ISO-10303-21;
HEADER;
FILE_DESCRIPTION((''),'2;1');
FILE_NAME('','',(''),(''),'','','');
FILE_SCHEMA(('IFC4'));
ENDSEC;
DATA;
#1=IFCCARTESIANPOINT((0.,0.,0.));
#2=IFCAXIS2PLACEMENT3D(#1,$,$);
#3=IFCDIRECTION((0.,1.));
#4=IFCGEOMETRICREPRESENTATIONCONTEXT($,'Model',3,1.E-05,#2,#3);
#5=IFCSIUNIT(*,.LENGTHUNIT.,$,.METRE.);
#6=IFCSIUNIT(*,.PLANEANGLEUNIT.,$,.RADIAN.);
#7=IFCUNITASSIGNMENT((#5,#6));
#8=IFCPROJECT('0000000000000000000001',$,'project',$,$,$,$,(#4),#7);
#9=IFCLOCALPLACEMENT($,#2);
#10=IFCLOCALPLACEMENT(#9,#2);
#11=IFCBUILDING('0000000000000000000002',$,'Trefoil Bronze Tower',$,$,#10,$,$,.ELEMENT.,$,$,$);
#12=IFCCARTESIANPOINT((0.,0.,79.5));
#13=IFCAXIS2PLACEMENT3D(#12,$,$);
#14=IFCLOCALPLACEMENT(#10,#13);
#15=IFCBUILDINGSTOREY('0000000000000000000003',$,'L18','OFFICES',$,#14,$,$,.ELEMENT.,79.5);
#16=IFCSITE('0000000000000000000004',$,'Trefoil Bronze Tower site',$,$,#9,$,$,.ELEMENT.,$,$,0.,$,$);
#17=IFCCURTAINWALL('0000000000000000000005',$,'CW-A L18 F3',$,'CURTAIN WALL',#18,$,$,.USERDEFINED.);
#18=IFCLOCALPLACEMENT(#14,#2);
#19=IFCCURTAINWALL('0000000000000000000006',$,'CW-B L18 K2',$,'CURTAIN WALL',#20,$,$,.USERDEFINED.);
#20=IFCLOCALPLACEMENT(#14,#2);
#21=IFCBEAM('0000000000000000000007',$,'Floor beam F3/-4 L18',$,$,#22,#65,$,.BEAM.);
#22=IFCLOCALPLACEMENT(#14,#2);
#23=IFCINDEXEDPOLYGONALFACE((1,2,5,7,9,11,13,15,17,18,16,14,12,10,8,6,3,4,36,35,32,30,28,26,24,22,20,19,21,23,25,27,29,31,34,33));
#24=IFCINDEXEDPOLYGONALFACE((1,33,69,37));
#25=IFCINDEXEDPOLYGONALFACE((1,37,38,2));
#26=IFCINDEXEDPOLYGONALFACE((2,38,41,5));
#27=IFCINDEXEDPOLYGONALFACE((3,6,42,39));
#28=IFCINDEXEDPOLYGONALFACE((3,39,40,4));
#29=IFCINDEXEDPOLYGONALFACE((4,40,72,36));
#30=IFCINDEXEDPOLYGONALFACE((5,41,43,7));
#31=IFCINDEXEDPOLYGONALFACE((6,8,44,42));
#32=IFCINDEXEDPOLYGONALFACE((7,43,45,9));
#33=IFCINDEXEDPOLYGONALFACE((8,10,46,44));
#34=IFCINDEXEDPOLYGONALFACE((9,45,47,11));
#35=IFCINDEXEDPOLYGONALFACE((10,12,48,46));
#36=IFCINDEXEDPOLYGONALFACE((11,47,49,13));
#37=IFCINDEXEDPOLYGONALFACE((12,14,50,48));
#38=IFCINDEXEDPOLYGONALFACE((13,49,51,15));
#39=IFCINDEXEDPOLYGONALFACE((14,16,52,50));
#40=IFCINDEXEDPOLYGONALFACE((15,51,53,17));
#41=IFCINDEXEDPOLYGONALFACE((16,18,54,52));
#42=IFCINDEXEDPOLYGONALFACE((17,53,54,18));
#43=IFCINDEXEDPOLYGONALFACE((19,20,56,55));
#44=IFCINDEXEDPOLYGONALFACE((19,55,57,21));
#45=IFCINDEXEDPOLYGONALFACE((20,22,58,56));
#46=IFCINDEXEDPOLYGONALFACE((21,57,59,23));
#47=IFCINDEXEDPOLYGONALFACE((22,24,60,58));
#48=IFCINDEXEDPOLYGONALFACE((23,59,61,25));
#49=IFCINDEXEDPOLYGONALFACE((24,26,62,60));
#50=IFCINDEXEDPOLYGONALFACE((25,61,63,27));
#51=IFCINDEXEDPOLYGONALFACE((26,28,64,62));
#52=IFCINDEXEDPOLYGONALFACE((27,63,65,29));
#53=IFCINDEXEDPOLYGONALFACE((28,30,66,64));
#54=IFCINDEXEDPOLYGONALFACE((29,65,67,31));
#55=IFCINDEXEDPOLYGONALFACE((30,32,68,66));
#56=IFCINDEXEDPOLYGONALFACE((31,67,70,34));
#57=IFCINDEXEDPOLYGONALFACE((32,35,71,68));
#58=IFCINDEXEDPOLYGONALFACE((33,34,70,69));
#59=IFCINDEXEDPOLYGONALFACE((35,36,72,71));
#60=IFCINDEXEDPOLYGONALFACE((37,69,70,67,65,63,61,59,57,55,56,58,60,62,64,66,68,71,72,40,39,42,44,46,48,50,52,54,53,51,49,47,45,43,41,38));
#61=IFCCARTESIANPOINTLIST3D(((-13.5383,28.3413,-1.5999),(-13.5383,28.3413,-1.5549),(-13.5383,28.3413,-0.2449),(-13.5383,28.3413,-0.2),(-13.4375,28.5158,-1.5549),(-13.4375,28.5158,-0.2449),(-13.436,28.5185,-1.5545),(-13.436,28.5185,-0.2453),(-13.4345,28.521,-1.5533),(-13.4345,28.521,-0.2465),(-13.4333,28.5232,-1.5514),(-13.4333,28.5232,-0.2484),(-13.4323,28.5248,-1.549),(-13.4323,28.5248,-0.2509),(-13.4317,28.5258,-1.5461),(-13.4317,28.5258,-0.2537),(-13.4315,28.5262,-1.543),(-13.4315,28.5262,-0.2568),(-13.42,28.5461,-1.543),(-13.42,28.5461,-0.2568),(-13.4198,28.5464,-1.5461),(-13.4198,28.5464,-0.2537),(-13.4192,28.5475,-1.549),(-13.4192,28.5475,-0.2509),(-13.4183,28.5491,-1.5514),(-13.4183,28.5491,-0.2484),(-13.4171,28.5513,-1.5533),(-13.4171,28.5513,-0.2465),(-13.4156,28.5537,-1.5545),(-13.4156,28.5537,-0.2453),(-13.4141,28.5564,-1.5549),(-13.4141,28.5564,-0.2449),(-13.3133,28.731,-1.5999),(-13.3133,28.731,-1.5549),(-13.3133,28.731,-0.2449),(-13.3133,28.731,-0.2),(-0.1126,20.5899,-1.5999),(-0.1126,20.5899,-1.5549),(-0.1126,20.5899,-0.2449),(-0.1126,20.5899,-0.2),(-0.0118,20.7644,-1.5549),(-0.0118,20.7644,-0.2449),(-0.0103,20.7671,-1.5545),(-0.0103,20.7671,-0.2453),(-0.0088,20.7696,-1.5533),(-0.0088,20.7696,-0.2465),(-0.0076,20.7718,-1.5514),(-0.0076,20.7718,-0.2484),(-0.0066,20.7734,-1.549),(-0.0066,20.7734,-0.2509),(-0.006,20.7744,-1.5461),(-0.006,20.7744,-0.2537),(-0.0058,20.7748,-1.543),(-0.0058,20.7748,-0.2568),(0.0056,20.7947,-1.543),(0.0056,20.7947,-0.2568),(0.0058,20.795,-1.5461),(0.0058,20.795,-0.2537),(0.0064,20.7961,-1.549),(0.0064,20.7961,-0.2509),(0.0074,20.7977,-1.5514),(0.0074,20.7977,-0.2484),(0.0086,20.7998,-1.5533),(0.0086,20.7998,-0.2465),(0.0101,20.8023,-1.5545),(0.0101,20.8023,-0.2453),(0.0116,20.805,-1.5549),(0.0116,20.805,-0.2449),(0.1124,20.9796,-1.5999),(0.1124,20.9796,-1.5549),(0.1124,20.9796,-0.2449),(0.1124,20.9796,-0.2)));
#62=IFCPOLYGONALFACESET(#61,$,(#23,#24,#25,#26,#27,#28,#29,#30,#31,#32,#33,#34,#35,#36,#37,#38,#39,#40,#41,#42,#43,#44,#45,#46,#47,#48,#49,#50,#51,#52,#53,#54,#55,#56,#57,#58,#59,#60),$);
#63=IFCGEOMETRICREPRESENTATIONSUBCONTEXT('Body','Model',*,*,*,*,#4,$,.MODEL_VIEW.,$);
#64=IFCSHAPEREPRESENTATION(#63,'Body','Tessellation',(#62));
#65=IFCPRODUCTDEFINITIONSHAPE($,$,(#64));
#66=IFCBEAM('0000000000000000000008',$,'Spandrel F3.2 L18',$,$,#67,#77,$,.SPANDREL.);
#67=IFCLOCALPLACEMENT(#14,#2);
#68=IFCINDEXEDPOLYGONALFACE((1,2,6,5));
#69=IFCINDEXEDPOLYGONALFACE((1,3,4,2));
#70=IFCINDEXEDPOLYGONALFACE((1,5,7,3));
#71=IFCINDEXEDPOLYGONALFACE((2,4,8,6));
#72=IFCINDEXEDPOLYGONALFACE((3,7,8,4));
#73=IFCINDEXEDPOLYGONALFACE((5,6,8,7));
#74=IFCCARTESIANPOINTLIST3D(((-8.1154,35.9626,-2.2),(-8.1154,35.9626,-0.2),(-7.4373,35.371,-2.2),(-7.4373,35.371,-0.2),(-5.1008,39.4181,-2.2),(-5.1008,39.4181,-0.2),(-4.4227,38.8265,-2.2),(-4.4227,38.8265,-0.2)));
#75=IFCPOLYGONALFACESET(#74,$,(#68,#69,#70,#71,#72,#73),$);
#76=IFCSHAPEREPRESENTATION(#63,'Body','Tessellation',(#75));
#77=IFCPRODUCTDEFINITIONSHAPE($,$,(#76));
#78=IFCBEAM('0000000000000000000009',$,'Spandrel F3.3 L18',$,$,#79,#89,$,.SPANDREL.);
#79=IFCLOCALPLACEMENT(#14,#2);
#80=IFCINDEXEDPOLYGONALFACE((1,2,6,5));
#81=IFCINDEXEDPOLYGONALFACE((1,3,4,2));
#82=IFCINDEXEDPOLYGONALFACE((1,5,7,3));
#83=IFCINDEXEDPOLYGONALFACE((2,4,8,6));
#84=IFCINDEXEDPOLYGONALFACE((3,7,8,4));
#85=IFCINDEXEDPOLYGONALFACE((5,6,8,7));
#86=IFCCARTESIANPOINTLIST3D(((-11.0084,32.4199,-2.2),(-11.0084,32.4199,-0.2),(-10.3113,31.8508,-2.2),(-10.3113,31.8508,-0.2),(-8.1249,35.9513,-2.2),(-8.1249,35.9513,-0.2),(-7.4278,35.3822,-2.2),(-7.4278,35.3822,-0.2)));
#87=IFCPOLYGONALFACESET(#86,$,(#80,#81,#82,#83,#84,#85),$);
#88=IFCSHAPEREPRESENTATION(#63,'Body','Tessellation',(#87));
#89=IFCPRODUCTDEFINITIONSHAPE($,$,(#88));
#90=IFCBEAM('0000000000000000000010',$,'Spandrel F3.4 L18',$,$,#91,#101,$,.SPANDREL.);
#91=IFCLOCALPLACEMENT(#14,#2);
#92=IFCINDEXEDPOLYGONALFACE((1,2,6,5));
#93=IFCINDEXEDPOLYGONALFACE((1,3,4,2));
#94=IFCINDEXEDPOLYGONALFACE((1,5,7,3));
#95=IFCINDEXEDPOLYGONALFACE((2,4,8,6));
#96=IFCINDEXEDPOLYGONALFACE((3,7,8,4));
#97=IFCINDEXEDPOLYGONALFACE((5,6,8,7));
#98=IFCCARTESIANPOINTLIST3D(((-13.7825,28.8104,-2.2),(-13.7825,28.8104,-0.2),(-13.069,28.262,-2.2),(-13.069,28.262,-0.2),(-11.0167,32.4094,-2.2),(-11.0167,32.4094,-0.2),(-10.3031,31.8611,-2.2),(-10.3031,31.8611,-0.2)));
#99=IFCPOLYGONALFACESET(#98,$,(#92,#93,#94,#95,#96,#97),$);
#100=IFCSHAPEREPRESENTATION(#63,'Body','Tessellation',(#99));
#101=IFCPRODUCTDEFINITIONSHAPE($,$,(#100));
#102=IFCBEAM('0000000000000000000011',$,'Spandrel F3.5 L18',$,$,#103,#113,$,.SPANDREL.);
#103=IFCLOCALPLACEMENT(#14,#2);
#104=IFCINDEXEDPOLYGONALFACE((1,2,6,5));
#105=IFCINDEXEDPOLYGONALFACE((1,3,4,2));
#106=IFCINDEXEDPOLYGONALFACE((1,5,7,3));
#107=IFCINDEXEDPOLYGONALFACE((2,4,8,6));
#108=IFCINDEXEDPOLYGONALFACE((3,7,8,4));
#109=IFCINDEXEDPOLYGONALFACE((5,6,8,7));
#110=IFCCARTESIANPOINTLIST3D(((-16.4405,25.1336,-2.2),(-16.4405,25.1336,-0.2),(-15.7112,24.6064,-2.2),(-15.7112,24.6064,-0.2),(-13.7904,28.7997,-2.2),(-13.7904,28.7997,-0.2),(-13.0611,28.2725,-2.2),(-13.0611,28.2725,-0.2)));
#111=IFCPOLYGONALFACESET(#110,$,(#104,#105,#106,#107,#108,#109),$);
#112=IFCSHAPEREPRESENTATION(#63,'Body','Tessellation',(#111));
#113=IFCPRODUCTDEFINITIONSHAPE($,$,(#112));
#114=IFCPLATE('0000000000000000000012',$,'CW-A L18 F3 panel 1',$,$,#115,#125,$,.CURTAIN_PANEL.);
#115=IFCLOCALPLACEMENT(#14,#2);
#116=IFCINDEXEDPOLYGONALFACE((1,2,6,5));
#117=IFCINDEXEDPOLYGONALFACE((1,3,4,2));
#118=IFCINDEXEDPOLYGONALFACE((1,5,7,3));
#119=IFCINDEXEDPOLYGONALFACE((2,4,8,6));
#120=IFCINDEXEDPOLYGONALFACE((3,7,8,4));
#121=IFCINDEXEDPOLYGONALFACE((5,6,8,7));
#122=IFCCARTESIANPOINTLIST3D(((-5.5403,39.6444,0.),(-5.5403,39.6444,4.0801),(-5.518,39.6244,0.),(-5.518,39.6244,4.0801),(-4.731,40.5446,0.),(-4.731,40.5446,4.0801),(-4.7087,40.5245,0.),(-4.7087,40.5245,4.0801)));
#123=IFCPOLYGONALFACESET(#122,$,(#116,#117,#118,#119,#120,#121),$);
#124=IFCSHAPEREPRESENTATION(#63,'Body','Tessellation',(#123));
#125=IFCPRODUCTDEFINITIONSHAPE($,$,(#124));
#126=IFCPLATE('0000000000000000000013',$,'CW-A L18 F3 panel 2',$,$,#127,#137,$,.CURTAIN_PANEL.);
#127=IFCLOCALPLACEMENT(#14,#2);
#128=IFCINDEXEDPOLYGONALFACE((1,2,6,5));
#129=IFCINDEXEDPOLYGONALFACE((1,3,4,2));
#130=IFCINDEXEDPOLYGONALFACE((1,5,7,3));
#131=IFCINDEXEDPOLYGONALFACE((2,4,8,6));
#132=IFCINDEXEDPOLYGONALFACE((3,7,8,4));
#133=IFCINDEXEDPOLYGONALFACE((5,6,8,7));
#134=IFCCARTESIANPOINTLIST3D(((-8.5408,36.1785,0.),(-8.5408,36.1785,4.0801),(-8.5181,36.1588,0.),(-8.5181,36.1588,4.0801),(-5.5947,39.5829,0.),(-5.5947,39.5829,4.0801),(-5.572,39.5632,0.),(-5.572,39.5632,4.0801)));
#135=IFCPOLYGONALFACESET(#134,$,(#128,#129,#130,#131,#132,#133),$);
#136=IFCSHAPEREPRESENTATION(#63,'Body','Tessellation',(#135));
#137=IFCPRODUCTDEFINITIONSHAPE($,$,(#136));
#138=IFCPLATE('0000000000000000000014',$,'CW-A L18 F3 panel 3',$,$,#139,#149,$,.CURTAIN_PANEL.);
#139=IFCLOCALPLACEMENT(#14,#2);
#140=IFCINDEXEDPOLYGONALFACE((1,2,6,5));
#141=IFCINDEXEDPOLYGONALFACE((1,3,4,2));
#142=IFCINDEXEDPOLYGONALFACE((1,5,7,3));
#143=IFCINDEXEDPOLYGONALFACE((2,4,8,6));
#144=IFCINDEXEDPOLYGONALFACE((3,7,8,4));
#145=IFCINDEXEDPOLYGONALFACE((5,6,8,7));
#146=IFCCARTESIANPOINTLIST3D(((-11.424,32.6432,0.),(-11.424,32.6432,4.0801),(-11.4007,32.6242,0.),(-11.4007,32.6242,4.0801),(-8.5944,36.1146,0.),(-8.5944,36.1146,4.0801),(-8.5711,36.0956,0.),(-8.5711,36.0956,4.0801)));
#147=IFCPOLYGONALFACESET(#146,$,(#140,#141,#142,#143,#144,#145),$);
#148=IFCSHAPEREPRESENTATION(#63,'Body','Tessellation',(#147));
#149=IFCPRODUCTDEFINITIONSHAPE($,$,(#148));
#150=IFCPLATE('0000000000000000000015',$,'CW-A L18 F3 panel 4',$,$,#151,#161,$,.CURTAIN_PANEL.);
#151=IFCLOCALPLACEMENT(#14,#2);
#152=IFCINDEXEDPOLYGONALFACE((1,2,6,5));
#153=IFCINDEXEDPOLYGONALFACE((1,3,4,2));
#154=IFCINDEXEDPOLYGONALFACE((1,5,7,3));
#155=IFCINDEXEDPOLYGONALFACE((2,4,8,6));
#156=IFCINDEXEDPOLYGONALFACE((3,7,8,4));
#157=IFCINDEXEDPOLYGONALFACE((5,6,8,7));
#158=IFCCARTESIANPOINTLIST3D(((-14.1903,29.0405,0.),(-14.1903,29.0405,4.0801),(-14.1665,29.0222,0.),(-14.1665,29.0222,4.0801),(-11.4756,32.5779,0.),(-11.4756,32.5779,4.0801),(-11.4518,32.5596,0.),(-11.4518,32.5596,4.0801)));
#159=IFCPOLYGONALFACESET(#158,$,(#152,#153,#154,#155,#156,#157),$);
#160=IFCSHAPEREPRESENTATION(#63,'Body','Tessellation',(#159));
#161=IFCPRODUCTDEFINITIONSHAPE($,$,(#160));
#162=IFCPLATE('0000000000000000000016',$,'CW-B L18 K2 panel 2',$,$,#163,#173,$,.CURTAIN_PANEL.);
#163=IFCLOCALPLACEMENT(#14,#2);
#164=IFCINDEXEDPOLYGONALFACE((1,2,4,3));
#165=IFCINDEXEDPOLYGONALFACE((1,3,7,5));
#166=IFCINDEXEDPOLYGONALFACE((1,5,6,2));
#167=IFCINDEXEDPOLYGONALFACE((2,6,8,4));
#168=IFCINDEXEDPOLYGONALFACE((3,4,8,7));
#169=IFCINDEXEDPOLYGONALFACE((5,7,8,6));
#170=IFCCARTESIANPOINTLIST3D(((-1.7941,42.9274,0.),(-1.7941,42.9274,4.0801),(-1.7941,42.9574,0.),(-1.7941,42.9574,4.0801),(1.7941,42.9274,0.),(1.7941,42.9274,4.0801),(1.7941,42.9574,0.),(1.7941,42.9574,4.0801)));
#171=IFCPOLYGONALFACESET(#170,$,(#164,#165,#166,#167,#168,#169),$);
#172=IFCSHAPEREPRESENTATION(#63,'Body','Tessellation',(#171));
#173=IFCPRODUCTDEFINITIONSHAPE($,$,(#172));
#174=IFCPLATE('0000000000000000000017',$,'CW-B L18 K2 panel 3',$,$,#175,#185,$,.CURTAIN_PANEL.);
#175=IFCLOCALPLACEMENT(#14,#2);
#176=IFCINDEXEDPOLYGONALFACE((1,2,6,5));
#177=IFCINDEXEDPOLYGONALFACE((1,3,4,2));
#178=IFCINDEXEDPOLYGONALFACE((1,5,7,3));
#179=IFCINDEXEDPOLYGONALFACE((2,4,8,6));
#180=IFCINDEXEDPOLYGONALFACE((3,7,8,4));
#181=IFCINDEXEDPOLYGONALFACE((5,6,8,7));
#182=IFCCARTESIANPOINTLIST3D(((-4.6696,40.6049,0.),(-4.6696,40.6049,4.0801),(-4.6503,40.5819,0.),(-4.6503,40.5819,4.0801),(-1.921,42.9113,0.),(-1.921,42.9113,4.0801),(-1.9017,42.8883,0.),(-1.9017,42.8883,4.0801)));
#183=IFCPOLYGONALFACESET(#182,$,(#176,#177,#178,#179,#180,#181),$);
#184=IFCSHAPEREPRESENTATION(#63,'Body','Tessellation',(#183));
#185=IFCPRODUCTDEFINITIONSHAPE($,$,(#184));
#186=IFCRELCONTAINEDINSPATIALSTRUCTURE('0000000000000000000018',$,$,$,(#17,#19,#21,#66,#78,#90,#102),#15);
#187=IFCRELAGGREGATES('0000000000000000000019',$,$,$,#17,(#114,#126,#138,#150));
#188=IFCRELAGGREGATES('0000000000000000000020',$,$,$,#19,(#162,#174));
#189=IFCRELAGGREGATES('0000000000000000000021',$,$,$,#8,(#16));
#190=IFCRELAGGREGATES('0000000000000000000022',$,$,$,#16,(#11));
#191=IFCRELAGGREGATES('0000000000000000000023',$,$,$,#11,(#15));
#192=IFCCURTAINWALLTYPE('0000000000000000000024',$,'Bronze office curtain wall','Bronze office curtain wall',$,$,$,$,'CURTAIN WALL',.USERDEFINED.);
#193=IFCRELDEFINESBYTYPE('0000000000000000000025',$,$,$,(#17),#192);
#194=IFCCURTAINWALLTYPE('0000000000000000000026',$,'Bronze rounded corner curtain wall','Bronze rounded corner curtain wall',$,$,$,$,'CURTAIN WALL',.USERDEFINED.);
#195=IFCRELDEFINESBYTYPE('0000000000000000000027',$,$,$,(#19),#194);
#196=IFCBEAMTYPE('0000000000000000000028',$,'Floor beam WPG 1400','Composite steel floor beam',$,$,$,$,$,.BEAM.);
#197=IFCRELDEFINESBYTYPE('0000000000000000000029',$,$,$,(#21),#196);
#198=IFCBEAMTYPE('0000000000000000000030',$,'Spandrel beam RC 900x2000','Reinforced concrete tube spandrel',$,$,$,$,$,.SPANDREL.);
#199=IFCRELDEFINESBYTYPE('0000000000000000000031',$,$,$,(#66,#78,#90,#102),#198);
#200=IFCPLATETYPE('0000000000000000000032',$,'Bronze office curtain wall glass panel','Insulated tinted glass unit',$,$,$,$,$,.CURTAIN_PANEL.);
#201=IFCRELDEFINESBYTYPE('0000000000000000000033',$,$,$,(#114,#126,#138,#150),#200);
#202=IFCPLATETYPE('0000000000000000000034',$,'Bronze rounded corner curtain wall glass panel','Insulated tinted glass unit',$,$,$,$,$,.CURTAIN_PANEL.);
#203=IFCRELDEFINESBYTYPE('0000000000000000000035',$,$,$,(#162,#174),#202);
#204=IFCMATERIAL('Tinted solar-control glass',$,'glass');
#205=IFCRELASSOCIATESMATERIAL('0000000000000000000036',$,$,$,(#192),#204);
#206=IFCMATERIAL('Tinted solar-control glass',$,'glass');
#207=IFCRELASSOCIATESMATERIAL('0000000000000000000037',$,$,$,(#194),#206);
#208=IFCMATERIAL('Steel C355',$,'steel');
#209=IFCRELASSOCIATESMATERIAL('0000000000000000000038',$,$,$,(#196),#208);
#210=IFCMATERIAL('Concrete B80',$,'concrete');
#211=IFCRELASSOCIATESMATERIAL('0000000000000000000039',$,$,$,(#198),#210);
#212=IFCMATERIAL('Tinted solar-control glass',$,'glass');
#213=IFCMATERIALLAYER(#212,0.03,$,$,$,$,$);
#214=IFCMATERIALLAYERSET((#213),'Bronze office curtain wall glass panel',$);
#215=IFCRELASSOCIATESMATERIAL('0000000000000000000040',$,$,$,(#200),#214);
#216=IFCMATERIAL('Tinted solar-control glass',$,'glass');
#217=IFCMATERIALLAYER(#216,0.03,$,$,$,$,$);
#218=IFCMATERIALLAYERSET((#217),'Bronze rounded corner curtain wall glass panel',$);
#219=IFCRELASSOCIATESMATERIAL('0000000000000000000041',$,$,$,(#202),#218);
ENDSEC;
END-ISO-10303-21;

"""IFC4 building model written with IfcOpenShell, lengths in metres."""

from ifc_helpers import new_model, si_unit, direction, frame, origin, origin_2d, place, context, subcontext, project, spatial, rectangle, i_section, extrude, material, layer, layer_set, material_profile, profile_set, type_object, element, aggregate, save


model = new_model("IFC4")

# Units and contexts
model_context = context("Model", 3, precision=1e-05, world=origin(), true_north=direction((0.0, 1.0)))
body_context = subcontext(model_context, "Body", "Model", "MODEL_VIEW")
ifc_project = project(units=[si_unit("LENGTHUNIT", "METRE"), si_unit("PLANEANGLEUNIT", "RADIAN")], contexts=[model_context])

# Site, building, storey
site_placement = place(None, origin())
site = spatial("IfcSite", under=ifc_project, at=site_placement, Name="Trefoil Bronze Tower site", CompositionType="ELEMENT", RefElevation=0.0)
building_placement = place(site_placement, origin())
building = spatial("IfcBuilding", under=site, at=building_placement, Name="Trefoil Bronze Tower", CompositionType="ELEMENT")
storey_placement = place(building_placement, frame((0.0, 0.0, 79.5)))
storey = spatial("IfcBuildingStorey", under=building, at=storey_placement, Name="L18", Description="OFFICES", CompositionType="ELEMENT", Elevation=79.5)

# Curtain walls
ifc_material_1 = material(Name="Tinted solar-control glass", Category="glass")
curtain_wall_type_1 = type_object("IfcCurtainWallType", Name="Bronze office curtain wall", Description="Bronze office curtain wall", ElementType="CURTAIN WALL", PredefinedType="USERDEFINED", material=ifc_material_1)
curtain_wall_1_placement = place(storey_placement, origin())
curtain_wall_1 = element("IfcCurtainWall", 1, at=curtain_wall_1_placement, inside=storey, type_object=curtain_wall_type_1, Name="CW-A L18 F3", ObjectType="CURTAIN WALL", PredefinedType="USERDEFINED")
ifc_material_2 = material(Name="Tinted solar-control glass", Category="glass")
curtain_wall_type_2 = type_object("IfcCurtainWallType", Name="Bronze rounded corner curtain wall", Description="Bronze rounded corner curtain wall", ElementType="CURTAIN WALL", PredefinedType="USERDEFINED", material=ifc_material_2)
curtain_wall_2_placement = place(storey_placement, origin())
curtain_wall_2 = element("IfcCurtainWall", 2, at=curtain_wall_2_placement, inside=storey, type_object=curtain_wall_type_2, Name="CW-B L18 K2", ObjectType="CURTAIN WALL", PredefinedType="USERDEFINED")

# Beams
ifc_material_3 = material(Name="Steel C355", Category="steel")
ifc_material_profile_1 = material_profile(ifc_material_3, i_section(OverallWidth=0.45, OverallDepth=1.3999, WebThickness=0.0229, FlangeThickness=0.0449, FilletRadius=0.012, at=origin_2d()), Name="WPG 1400")
ifc_profile_set_1 = profile_set([ifc_material_profile_1], Name="Steel C355")
beam_type_1 = type_object("IfcBeamType", Name="Floor beam WPG 1400", Description="Composite steel floor beam", PredefinedType="BEAM", material=ifc_profile_set_1)
beam_1_placement = place(storey_placement, frame((-13.4258, 28.5361, -0.8999), z_axis=(0.866023, -0.500004, 0.0), x_axis=(0.500004, 0.866023, 0.0)))
element("IfcBeam", 3, at=beam_1_placement, inside=storey, type_object=beam_type_1, Name="Floor beam F3/-4 L18", PredefinedType="BEAM", context=body_context, shape_type="SweptSolid", body=[
    extrude(i_section(OverallWidth=0.45, OverallDepth=1.3999, WebThickness=0.0229, FlangeThickness=0.0449, FilletRadius=0.012, at=origin_2d()), origin(), (0.0, 0.0, 1.0), 15.5027),
])
ifc_material_4 = material(Name="Concrete B80", Category="concrete")
ifc_material_profile_2 = material_profile(ifc_material_4, rectangle(XDim=0.8999, YDim=2.0, at=origin_2d()), Name="RC 900x2000")
ifc_profile_set_2 = profile_set([ifc_material_profile_2], Name="Concrete B80")
beam_type_2 = type_object("IfcBeamType", Name="Spandrel beam RC 900x2000", Description="Reinforced concrete tube spandrel", PredefinedType="SPANDREL", material=ifc_profile_set_2)
beam_2_placement = place(storey_placement, frame((-4.7617, 39.1223, -1.2), z_axis=(-0.657396, -0.753545, 0.0), x_axis=(0.753545, -0.657396, 0.0)))
element("IfcBeam", 4, at=beam_2_placement, inside=storey, type_object=beam_type_2, Name="Spandrel F3.2 L18", PredefinedType="SPANDREL", context=body_context, shape_type="SweptSolid", body=[
    extrude(rectangle(XDim=0.8999, YDim=2.0, at=origin_2d()), origin(), (0.0, 0.0, 1.0), 4.5857),
])
beam_3_placement = place(storey_placement, frame((-7.7764, 35.6667, -1.2), z_axis=(-0.632468, -0.774587, 0.0), x_axis=(0.774587, -0.632468, 0.0)))
element("IfcBeam", 5, at=beam_3_placement, inside=storey, type_object=beam_type_2, Name="Spandrel F3.3 L18", PredefinedType="SPANDREL", context=body_context, shape_type="SweptSolid", body=[
    extrude(rectangle(XDim=0.8999, YDim=2.0, at=origin_2d()), origin(), (0.0, 0.0, 1.0), 4.5591),
])
beam_4_placement = place(storey_placement, frame((-10.6599, 32.1353, -1.2), z_axis=(-0.609339, -0.79291, 0.0), x_axis=(0.79291, -0.609339, 0.0)))
element("IfcBeam", 6, at=beam_4_placement, inside=storey, type_object=beam_type_2, Name="Spandrel F3.4 L18", PredefinedType="SPANDREL", context=body_context, shape_type="SweptSolid", body=[
    extrude(rectangle(XDim=0.8999, YDim=2.0, at=origin_2d()), origin(), (0.0, 0.0, 1.0), 4.5391),
])
beam_5_placement = place(storey_placement, frame((-13.4258, 28.5361, -1.2), z_axis=(-0.585824, -0.810439, 0.0), x_axis=(0.810439, -0.585824, 0.0)))
element("IfcBeam", 7, at=beam_5_placement, inside=storey, type_object=beam_type_2, Name="Spandrel F3.5 L18", PredefinedType="SPANDREL", context=body_context, shape_type="SweptSolid", body=[
    extrude(rectangle(XDim=0.8999, YDim=2.0, at=origin_2d()), origin(), (0.0, 0.0, 1.0), 4.5237),
])

# Plates
ifc_material_5 = material(Name="Tinted solar-control glass", Category="glass")
ifc_layer_1 = layer(ifc_material_5, 0.03)
ifc_layer_set_1 = layer_set([ifc_layer_1], Name="Bronze office curtain wall glass panel")
plate_type_1 = type_object("IfcPlateType", Name="Bronze office curtain wall glass panel", Description="Insulated tinted glass unit", PredefinedType="CURTAIN_PANEL", material=ifc_layer_set_1)
plate_1_placement = place(storey_placement, frame((-5.1245, 40.0845, 0.0), z_axis=(0.0, 0.0, 1.0), x_axis=(-0.668575, -0.743645, 0.0)))
plate_1 = element("IfcPlate", 8, at=plate_1_placement, type_object=plate_type_1, Name="CW-A L18 F3 panel 1", PredefinedType="CURTAIN_PANEL", context=body_context, shape_type="SweptSolid", body=[
    extrude(rectangle(XDim=1.2104, YDim=0.03, at=origin_2d()), origin(), (0.0, 0.0, 1.0), 4.0801),
])
plate_2_placement = place(storey_placement, frame((-7.0564, 37.8708, 0.0), z_axis=(0.0, 0.0, 1.0), x_axis=(-0.654376, -0.756169, 0.0)))
plate_2 = element("IfcPlate", 9, at=plate_2_placement, type_object=plate_type_1, Name="CW-A L18 F3 panel 2", PredefinedType="CURTAIN_PANEL", context=body_context, shape_type="SweptSolid", body=[
    extrude(rectangle(XDim=4.5022, YDim=0.03, at=origin_2d()), origin(), (0.0, 0.0, 1.0), 4.0801),
])
plate_3_placement = place(storey_placement, frame((-9.9976, 34.3694, 0.0), z_axis=(0.0, 0.0, 1.0), x_axis=(-0.631811, -0.775123, 0.0)))
plate_3 = element("IfcPlate", 10, at=plate_3_placement, type_object=plate_type_1, Name="CW-A L18 F3 panel 3", PredefinedType="CURTAIN_PANEL", context=body_context, shape_type="SweptSolid", body=[
    extrude(rectangle(XDim=4.4785, YDim=0.03, at=origin_2d()), origin(), (0.0, 0.0, 1.0), 4.0801),
])
plate_4_placement = place(storey_placement, frame((-12.821, 30.8, 0.0), z_axis=(0.0, 0.0, 1.0), x_axis=(-0.608808, -0.793318, 0.0)))
plate_4 = element("IfcPlate", 11, at=plate_4_placement, type_object=plate_type_1, Name="CW-A L18 F3 panel 4", PredefinedType="CURTAIN_PANEL", context=body_context, shape_type="SweptSolid", body=[
    extrude(rectangle(XDim=4.459, YDim=0.03, at=origin_2d()), origin(), (0.0, 0.0, 1.0), 4.0801),
])
aggregate(curtain_wall_1, [plate_1, plate_2, plate_3, plate_4])
ifc_material_6 = material(Name="Tinted solar-control glass", Category="glass")
ifc_layer_2 = layer(ifc_material_6, 0.03)
ifc_layer_set_2 = layer_set([ifc_layer_2], Name="Bronze rounded corner curtain wall glass panel")
plate_type_2 = type_object("IfcPlateType", Name="Bronze rounded corner curtain wall glass panel", Description="Insulated tinted glass unit", PredefinedType="CURTAIN_PANEL", material=ifc_layer_set_2)
plate_5_placement = place(storey_placement, frame((0.0, 42.9424, 0.0), z_axis=(0.0, 0.0, 1.0), x_axis=(-1.0, 0.0, 0.0)))
plate_5 = element("IfcPlate", 12, at=plate_5_placement, type_object=plate_type_2, Name="CW-B L18 K2 panel 2", PredefinedType="CURTAIN_PANEL", context=body_context, shape_type="SweptSolid", body=[
    extrude(rectangle(XDim=3.5881, YDim=0.03, at=origin_2d()), origin(), (0.0, 0.0, 1.0), 4.0801),
])
plate_6_placement = place(storey_placement, frame((-3.2856, 41.7466, 0.0), z_axis=(0.0, 0.0, 1.0), x_axis=(-0.766044, -0.642788, 0.0)))
plate_6 = element("IfcPlate", 13, at=plate_6_placement, type_object=plate_type_2, Name="CW-B L18 K2 panel 3", PredefinedType="CURTAIN_PANEL", context=body_context, shape_type="SweptSolid", body=[
    extrude(rectangle(XDim=3.5881, YDim=0.03, at=origin_2d()), origin(), (0.0, 0.0, 1.0), 4.0801),
])
aggregate(curtain_wall_2, [plate_5, plate_6])

save(model, "model.ifc")
